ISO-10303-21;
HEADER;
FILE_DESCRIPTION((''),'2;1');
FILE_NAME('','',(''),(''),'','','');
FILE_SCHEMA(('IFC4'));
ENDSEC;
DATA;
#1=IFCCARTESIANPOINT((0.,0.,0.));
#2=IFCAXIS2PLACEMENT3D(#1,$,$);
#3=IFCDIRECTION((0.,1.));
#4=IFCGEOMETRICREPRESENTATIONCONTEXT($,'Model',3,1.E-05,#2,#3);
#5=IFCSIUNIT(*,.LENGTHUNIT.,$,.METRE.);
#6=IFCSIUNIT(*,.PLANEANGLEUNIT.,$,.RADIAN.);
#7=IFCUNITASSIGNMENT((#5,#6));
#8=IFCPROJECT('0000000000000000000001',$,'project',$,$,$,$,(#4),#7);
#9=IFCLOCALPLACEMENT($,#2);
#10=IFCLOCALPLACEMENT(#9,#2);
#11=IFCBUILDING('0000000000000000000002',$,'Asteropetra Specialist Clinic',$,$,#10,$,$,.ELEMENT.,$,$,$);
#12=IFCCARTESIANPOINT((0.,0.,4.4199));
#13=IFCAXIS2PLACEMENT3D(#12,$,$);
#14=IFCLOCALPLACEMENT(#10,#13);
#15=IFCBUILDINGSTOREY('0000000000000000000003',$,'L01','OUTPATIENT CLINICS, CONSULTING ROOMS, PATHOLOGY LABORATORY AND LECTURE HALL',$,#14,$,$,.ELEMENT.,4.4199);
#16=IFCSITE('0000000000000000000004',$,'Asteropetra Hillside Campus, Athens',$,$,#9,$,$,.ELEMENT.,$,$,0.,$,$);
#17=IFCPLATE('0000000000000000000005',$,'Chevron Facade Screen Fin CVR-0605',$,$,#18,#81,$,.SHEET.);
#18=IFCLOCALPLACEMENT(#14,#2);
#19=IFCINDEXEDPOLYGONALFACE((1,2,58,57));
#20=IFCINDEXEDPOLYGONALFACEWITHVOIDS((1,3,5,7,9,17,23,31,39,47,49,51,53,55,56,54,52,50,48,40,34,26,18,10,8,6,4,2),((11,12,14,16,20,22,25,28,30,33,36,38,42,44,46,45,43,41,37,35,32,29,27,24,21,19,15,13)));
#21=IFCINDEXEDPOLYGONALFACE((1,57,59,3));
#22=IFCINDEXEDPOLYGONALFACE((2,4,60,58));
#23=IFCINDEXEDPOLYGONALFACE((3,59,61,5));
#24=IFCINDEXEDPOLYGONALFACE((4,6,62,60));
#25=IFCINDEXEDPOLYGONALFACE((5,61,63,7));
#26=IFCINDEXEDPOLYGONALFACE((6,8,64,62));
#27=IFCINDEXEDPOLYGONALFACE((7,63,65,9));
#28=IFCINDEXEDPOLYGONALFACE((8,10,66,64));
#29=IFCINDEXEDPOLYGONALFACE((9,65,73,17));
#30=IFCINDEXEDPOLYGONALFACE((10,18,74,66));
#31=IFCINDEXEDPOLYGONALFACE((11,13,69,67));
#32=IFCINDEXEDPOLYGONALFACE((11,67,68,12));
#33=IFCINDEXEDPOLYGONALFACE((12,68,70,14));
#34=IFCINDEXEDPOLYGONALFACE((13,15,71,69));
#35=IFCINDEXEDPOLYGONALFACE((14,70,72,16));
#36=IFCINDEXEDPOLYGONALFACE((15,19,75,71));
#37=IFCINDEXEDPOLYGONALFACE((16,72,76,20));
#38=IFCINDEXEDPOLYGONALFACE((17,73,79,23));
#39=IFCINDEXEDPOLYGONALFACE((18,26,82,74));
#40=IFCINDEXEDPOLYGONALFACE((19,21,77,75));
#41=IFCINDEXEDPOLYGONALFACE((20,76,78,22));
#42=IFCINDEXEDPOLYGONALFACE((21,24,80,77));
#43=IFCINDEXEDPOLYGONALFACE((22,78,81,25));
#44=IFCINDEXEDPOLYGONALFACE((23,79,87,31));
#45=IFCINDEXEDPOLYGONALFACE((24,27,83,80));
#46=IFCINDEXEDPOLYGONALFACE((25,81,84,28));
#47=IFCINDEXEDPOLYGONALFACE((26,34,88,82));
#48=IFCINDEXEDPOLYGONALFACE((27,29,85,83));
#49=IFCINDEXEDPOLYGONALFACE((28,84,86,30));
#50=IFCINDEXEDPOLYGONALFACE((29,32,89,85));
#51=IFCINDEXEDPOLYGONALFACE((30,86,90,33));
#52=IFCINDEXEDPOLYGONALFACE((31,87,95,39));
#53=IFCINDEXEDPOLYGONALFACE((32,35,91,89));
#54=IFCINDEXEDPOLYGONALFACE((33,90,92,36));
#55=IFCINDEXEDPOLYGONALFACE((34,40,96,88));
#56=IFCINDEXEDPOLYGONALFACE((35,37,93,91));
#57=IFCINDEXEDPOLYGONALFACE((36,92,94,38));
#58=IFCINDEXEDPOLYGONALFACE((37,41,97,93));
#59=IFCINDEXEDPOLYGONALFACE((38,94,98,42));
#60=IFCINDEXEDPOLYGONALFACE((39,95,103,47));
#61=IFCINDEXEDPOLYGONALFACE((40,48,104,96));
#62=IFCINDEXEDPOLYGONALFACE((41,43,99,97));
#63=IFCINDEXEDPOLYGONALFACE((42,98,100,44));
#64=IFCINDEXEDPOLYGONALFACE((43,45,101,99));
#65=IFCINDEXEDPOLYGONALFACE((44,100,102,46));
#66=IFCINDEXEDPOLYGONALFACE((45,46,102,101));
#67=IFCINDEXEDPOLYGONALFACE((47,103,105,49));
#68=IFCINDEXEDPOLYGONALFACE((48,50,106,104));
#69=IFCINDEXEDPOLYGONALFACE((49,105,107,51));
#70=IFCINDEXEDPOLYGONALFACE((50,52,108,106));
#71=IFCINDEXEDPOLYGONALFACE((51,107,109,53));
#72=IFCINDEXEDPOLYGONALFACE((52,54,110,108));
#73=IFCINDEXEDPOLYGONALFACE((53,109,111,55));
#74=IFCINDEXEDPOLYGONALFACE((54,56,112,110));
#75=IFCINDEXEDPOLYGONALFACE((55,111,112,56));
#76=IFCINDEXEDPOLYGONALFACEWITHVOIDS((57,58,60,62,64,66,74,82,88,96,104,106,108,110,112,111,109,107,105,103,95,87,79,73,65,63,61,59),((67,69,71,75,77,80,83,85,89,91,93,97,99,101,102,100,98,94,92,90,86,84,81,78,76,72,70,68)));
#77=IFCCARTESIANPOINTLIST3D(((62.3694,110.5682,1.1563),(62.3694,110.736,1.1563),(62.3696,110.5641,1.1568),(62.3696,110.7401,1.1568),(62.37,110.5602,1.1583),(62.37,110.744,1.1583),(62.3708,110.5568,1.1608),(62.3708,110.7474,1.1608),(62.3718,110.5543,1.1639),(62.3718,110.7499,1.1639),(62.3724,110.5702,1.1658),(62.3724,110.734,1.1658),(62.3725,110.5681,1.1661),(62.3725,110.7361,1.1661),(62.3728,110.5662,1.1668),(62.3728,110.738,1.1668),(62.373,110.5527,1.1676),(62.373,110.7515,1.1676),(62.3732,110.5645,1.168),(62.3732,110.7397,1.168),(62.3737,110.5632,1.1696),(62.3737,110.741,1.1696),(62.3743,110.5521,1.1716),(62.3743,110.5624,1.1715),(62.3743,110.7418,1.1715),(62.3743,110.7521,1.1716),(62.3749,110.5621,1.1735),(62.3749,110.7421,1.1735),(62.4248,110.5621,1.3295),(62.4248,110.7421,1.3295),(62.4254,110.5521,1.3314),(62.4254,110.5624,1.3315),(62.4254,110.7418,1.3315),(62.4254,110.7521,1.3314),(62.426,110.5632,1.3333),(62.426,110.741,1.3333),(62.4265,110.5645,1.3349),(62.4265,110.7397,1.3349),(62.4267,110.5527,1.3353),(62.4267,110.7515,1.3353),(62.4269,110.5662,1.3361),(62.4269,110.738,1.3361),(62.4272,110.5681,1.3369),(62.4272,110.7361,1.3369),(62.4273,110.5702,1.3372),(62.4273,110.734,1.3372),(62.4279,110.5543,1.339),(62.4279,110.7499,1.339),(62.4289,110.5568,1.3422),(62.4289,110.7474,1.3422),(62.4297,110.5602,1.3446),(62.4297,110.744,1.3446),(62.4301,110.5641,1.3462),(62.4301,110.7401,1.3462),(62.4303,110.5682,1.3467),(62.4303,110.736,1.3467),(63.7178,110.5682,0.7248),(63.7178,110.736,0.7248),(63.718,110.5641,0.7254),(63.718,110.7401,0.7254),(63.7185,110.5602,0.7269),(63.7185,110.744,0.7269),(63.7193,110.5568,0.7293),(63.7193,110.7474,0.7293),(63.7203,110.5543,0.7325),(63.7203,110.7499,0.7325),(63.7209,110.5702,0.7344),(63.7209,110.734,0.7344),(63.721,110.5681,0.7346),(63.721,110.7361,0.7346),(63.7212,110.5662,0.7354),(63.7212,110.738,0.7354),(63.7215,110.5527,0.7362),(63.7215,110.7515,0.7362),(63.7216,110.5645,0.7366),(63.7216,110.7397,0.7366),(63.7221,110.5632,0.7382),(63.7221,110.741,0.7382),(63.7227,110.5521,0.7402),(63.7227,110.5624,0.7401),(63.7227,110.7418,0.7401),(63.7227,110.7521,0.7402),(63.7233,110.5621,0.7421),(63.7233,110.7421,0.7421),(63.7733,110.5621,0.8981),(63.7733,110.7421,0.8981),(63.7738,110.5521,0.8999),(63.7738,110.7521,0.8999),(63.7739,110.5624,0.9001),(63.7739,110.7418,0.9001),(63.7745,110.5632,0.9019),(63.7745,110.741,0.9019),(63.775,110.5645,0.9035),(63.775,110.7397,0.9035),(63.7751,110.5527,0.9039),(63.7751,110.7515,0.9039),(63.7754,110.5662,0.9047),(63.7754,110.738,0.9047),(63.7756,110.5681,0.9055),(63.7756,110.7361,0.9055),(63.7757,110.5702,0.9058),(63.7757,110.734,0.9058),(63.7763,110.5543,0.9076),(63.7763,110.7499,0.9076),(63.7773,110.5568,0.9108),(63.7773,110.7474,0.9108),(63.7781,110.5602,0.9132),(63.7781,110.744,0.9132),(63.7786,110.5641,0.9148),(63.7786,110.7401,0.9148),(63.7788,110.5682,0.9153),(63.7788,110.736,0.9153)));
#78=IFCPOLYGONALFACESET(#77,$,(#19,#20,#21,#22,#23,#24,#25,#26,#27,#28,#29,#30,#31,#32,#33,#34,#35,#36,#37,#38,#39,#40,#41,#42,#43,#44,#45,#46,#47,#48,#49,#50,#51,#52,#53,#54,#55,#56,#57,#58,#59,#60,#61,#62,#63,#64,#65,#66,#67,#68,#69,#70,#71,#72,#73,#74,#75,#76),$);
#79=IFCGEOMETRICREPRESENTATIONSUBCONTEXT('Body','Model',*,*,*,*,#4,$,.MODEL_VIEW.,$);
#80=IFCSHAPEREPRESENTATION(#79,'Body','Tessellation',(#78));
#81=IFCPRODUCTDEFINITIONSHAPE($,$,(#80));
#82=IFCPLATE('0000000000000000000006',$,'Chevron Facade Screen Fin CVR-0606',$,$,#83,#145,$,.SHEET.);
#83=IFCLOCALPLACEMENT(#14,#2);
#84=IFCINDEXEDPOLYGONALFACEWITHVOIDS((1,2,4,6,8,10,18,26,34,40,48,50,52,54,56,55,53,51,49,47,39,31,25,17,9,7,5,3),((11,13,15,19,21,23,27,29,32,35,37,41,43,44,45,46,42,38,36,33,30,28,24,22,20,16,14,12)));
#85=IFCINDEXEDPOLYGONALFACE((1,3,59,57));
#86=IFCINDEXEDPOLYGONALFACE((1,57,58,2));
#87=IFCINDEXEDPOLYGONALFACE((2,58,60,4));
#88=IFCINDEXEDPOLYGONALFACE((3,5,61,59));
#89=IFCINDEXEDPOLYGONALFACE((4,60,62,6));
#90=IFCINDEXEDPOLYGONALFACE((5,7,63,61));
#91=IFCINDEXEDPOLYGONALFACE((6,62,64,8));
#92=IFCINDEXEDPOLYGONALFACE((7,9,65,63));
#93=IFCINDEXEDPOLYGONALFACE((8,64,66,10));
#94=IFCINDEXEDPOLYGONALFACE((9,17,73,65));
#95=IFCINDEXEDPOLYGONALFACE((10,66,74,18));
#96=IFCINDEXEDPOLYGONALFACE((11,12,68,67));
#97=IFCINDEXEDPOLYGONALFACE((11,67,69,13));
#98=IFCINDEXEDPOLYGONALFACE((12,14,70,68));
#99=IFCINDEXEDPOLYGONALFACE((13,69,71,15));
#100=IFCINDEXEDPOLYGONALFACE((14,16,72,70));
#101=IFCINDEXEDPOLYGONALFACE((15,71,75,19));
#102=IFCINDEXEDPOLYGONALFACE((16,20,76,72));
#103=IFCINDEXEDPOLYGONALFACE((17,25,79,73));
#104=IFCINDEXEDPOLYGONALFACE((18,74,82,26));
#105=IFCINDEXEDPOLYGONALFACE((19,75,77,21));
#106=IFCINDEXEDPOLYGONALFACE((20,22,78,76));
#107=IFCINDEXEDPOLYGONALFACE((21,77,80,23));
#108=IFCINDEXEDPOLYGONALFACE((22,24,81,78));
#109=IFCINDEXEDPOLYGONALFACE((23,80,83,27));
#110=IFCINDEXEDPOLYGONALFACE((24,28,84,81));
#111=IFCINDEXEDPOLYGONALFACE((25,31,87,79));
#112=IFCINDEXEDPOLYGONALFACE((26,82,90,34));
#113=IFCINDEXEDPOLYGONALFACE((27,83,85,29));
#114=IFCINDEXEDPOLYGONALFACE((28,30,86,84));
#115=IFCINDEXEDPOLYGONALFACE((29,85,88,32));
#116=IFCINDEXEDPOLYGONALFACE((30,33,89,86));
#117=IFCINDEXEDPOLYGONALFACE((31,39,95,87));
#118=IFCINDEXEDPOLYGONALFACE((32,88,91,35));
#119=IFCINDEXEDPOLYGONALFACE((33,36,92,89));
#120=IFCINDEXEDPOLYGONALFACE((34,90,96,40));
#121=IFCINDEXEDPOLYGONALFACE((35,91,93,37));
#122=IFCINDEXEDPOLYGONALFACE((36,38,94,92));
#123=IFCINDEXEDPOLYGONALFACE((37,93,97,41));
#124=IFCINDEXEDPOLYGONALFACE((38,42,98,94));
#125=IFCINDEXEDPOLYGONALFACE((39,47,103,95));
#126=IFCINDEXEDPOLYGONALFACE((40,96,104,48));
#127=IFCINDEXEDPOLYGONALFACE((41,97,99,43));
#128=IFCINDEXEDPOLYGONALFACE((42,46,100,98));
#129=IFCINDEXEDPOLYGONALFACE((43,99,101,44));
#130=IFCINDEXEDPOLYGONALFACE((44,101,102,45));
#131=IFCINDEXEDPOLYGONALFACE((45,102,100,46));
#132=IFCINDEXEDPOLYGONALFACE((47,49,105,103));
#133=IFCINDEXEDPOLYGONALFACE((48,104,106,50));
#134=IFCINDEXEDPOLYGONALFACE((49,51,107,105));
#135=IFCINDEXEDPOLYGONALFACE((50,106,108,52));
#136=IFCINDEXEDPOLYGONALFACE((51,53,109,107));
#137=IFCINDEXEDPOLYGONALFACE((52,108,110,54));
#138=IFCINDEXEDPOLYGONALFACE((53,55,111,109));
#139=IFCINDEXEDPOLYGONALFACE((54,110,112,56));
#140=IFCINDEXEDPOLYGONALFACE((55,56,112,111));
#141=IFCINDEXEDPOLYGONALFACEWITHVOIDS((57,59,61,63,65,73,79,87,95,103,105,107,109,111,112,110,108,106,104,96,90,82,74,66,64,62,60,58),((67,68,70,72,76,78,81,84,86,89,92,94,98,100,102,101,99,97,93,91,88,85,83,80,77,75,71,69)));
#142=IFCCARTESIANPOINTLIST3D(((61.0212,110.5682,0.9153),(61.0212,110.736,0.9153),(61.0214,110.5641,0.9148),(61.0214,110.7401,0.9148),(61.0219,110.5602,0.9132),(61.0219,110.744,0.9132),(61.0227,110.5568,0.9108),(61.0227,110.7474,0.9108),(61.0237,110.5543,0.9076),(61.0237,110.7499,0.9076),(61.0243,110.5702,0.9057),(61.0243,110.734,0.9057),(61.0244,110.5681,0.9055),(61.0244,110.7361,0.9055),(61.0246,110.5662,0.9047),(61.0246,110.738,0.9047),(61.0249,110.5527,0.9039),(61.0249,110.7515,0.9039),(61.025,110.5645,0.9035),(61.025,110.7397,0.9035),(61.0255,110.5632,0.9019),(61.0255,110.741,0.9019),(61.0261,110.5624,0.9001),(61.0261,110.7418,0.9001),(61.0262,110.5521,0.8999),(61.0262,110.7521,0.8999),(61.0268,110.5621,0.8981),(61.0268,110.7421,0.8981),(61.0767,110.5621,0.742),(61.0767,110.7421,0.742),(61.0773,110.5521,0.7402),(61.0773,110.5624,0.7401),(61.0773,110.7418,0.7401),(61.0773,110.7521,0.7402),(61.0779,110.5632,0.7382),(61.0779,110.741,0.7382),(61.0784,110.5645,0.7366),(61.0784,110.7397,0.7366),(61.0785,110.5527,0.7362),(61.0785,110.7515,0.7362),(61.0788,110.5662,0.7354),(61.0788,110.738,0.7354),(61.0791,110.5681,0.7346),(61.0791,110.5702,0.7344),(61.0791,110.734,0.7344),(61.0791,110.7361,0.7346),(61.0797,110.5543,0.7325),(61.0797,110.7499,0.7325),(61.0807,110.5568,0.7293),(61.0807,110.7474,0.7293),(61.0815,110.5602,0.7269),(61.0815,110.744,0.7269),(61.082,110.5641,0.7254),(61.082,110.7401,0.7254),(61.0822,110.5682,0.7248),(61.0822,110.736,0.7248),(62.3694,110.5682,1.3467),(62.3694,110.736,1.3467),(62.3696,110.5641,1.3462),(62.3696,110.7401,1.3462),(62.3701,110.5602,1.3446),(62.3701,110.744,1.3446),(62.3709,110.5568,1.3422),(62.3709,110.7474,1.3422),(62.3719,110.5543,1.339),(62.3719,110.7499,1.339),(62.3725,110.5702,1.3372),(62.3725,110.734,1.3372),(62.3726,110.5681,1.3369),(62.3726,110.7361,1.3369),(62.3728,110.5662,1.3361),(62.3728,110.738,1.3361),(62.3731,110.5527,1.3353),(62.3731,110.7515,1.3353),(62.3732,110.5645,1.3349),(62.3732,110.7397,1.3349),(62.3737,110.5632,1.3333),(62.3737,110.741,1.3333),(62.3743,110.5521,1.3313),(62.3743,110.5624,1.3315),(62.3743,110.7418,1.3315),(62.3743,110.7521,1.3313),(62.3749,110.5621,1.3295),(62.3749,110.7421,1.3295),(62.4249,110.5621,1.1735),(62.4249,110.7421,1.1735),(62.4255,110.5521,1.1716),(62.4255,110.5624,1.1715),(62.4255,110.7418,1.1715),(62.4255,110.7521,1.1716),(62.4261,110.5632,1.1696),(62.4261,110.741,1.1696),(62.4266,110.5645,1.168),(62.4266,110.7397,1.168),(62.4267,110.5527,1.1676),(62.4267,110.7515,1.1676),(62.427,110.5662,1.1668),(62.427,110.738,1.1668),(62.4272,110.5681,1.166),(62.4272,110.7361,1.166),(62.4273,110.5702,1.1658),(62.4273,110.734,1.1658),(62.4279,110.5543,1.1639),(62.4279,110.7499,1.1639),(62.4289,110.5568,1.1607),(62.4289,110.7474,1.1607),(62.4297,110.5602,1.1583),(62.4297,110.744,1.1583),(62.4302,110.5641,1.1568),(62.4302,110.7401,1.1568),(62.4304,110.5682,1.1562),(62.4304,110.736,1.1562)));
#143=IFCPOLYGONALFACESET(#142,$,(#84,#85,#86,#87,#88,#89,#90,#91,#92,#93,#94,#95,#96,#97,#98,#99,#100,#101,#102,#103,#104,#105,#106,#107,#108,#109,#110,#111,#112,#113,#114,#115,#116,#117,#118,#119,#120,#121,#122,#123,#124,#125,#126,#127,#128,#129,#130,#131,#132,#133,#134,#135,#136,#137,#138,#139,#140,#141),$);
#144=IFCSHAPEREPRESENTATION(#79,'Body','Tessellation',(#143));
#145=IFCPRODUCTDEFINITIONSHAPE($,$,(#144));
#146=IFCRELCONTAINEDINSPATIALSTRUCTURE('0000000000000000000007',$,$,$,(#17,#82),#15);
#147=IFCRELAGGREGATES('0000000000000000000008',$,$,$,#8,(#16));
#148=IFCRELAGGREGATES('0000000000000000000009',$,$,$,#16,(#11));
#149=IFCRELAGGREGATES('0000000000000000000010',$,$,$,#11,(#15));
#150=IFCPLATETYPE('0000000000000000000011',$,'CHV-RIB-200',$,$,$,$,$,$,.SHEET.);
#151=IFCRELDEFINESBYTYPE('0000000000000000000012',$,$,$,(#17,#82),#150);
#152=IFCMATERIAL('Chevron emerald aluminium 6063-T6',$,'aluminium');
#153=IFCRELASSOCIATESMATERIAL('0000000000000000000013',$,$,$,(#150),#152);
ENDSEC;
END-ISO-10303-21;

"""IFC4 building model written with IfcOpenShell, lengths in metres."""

from ifc_helpers import new_model, si_unit, direction, frame, origin, origin_2d, place, context, subcontext, project, spatial, hollow_rectangle, extrude, material, material_profile, profile_set, type_object, element, save


model = new_model("IFC4")

# Units and contexts
model_context = context("Model", 3, precision=1e-05, world=origin(), true_north=direction((0.0, 1.0)))
body_context = subcontext(model_context, "Body", "Model", "MODEL_VIEW")
ifc_project = project(units=[si_unit("LENGTHUNIT", "METRE"), si_unit("PLANEANGLEUNIT", "RADIAN")], contexts=[model_context])

# Site, building, storey
site_placement = place(None, origin())
site = spatial("IfcSite", under=ifc_project, at=site_placement, Name="Asteropetra Hillside Campus, Athens", CompositionType="ELEMENT", RefElevation=0.0)
building_placement = place(site_placement, origin())
building = spatial("IfcBuilding", under=site, at=building_placement, Name="Asteropetra Specialist Clinic", CompositionType="ELEMENT")
storey_placement = place(building_placement, frame((0.0, 0.0, 4.4199)))
storey = spatial("IfcBuildingStorey", under=building, at=storey_placement, Name="L01", Description="OUTPATIENT CLINICS, CONSULTING ROOMS, PATHOLOGY LABORATORY AND LECTURE HALL", CompositionType="ELEMENT", Elevation=4.4199)

# Plates
ifc_material_1 = material(Name="Chevron emerald aluminium 6063-T6", Category="aluminium")
ifc_material_profile = material_profile(ifc_material_1, hollow_rectangle(XDim=0.2, YDim=0.2, WallThickness=0.01, InnerFilletRadius=0.0081, OuterFilletRadius=0.0161, at=origin_2d()), Name="SHS 200x200x10.0")
ifc_profile_set = profile_set([ifc_material_profile], Name="Chevron emerald aluminium 6063-T6")
plate_type_1 = type_object("IfcPlateType", Name="CHV-RIB-200", PredefinedType="SHEET", material=ifc_profile_set)
plate_1_placement = place(storey_placement, frame((63.7483, 110.6521, 0.8201), z_axis=(-0.952442, 0.0, 0.304719), x_axis=(0.0, -1.0, 0.0)))
element("IfcPlate", 1, at=plate_1_placement, inside=storey, type_object=plate_type_1, Name="Chevron Facade Screen Fin CVR-0605", PredefinedType="SHEET", context=body_context, shape_type="SweptSolid", body=[
    extrude(hollow_rectangle(XDim=0.2, YDim=0.2, WallThickness=0.01, InnerFilletRadius=0.0081, OuterFilletRadius=0.0161, at=origin_2d()), origin(), (0.0, 0.0, 1.0), 1.4158),
])
plate_2_placement = place(storey_placement, frame((62.3999, 110.6521, 1.2515), z_axis=(-0.952426, 0.0, -0.304769), x_axis=(0.0, -1.0, 0.0)))
element("IfcPlate", 2, at=plate_2_placement, inside=storey, type_object=plate_type_1, Name="Chevron Facade Screen Fin CVR-0606", PredefinedType="SHEET", context=body_context, shape_type="SweptSolid", body=[
    extrude(hollow_rectangle(XDim=0.2, YDim=0.2, WallThickness=0.01, InnerFilletRadius=0.0081, OuterFilletRadius=0.0161, at=origin_2d()), origin(), (0.0, 0.0, 1.0), 1.4155),
])

save(model, "model.ifc")
